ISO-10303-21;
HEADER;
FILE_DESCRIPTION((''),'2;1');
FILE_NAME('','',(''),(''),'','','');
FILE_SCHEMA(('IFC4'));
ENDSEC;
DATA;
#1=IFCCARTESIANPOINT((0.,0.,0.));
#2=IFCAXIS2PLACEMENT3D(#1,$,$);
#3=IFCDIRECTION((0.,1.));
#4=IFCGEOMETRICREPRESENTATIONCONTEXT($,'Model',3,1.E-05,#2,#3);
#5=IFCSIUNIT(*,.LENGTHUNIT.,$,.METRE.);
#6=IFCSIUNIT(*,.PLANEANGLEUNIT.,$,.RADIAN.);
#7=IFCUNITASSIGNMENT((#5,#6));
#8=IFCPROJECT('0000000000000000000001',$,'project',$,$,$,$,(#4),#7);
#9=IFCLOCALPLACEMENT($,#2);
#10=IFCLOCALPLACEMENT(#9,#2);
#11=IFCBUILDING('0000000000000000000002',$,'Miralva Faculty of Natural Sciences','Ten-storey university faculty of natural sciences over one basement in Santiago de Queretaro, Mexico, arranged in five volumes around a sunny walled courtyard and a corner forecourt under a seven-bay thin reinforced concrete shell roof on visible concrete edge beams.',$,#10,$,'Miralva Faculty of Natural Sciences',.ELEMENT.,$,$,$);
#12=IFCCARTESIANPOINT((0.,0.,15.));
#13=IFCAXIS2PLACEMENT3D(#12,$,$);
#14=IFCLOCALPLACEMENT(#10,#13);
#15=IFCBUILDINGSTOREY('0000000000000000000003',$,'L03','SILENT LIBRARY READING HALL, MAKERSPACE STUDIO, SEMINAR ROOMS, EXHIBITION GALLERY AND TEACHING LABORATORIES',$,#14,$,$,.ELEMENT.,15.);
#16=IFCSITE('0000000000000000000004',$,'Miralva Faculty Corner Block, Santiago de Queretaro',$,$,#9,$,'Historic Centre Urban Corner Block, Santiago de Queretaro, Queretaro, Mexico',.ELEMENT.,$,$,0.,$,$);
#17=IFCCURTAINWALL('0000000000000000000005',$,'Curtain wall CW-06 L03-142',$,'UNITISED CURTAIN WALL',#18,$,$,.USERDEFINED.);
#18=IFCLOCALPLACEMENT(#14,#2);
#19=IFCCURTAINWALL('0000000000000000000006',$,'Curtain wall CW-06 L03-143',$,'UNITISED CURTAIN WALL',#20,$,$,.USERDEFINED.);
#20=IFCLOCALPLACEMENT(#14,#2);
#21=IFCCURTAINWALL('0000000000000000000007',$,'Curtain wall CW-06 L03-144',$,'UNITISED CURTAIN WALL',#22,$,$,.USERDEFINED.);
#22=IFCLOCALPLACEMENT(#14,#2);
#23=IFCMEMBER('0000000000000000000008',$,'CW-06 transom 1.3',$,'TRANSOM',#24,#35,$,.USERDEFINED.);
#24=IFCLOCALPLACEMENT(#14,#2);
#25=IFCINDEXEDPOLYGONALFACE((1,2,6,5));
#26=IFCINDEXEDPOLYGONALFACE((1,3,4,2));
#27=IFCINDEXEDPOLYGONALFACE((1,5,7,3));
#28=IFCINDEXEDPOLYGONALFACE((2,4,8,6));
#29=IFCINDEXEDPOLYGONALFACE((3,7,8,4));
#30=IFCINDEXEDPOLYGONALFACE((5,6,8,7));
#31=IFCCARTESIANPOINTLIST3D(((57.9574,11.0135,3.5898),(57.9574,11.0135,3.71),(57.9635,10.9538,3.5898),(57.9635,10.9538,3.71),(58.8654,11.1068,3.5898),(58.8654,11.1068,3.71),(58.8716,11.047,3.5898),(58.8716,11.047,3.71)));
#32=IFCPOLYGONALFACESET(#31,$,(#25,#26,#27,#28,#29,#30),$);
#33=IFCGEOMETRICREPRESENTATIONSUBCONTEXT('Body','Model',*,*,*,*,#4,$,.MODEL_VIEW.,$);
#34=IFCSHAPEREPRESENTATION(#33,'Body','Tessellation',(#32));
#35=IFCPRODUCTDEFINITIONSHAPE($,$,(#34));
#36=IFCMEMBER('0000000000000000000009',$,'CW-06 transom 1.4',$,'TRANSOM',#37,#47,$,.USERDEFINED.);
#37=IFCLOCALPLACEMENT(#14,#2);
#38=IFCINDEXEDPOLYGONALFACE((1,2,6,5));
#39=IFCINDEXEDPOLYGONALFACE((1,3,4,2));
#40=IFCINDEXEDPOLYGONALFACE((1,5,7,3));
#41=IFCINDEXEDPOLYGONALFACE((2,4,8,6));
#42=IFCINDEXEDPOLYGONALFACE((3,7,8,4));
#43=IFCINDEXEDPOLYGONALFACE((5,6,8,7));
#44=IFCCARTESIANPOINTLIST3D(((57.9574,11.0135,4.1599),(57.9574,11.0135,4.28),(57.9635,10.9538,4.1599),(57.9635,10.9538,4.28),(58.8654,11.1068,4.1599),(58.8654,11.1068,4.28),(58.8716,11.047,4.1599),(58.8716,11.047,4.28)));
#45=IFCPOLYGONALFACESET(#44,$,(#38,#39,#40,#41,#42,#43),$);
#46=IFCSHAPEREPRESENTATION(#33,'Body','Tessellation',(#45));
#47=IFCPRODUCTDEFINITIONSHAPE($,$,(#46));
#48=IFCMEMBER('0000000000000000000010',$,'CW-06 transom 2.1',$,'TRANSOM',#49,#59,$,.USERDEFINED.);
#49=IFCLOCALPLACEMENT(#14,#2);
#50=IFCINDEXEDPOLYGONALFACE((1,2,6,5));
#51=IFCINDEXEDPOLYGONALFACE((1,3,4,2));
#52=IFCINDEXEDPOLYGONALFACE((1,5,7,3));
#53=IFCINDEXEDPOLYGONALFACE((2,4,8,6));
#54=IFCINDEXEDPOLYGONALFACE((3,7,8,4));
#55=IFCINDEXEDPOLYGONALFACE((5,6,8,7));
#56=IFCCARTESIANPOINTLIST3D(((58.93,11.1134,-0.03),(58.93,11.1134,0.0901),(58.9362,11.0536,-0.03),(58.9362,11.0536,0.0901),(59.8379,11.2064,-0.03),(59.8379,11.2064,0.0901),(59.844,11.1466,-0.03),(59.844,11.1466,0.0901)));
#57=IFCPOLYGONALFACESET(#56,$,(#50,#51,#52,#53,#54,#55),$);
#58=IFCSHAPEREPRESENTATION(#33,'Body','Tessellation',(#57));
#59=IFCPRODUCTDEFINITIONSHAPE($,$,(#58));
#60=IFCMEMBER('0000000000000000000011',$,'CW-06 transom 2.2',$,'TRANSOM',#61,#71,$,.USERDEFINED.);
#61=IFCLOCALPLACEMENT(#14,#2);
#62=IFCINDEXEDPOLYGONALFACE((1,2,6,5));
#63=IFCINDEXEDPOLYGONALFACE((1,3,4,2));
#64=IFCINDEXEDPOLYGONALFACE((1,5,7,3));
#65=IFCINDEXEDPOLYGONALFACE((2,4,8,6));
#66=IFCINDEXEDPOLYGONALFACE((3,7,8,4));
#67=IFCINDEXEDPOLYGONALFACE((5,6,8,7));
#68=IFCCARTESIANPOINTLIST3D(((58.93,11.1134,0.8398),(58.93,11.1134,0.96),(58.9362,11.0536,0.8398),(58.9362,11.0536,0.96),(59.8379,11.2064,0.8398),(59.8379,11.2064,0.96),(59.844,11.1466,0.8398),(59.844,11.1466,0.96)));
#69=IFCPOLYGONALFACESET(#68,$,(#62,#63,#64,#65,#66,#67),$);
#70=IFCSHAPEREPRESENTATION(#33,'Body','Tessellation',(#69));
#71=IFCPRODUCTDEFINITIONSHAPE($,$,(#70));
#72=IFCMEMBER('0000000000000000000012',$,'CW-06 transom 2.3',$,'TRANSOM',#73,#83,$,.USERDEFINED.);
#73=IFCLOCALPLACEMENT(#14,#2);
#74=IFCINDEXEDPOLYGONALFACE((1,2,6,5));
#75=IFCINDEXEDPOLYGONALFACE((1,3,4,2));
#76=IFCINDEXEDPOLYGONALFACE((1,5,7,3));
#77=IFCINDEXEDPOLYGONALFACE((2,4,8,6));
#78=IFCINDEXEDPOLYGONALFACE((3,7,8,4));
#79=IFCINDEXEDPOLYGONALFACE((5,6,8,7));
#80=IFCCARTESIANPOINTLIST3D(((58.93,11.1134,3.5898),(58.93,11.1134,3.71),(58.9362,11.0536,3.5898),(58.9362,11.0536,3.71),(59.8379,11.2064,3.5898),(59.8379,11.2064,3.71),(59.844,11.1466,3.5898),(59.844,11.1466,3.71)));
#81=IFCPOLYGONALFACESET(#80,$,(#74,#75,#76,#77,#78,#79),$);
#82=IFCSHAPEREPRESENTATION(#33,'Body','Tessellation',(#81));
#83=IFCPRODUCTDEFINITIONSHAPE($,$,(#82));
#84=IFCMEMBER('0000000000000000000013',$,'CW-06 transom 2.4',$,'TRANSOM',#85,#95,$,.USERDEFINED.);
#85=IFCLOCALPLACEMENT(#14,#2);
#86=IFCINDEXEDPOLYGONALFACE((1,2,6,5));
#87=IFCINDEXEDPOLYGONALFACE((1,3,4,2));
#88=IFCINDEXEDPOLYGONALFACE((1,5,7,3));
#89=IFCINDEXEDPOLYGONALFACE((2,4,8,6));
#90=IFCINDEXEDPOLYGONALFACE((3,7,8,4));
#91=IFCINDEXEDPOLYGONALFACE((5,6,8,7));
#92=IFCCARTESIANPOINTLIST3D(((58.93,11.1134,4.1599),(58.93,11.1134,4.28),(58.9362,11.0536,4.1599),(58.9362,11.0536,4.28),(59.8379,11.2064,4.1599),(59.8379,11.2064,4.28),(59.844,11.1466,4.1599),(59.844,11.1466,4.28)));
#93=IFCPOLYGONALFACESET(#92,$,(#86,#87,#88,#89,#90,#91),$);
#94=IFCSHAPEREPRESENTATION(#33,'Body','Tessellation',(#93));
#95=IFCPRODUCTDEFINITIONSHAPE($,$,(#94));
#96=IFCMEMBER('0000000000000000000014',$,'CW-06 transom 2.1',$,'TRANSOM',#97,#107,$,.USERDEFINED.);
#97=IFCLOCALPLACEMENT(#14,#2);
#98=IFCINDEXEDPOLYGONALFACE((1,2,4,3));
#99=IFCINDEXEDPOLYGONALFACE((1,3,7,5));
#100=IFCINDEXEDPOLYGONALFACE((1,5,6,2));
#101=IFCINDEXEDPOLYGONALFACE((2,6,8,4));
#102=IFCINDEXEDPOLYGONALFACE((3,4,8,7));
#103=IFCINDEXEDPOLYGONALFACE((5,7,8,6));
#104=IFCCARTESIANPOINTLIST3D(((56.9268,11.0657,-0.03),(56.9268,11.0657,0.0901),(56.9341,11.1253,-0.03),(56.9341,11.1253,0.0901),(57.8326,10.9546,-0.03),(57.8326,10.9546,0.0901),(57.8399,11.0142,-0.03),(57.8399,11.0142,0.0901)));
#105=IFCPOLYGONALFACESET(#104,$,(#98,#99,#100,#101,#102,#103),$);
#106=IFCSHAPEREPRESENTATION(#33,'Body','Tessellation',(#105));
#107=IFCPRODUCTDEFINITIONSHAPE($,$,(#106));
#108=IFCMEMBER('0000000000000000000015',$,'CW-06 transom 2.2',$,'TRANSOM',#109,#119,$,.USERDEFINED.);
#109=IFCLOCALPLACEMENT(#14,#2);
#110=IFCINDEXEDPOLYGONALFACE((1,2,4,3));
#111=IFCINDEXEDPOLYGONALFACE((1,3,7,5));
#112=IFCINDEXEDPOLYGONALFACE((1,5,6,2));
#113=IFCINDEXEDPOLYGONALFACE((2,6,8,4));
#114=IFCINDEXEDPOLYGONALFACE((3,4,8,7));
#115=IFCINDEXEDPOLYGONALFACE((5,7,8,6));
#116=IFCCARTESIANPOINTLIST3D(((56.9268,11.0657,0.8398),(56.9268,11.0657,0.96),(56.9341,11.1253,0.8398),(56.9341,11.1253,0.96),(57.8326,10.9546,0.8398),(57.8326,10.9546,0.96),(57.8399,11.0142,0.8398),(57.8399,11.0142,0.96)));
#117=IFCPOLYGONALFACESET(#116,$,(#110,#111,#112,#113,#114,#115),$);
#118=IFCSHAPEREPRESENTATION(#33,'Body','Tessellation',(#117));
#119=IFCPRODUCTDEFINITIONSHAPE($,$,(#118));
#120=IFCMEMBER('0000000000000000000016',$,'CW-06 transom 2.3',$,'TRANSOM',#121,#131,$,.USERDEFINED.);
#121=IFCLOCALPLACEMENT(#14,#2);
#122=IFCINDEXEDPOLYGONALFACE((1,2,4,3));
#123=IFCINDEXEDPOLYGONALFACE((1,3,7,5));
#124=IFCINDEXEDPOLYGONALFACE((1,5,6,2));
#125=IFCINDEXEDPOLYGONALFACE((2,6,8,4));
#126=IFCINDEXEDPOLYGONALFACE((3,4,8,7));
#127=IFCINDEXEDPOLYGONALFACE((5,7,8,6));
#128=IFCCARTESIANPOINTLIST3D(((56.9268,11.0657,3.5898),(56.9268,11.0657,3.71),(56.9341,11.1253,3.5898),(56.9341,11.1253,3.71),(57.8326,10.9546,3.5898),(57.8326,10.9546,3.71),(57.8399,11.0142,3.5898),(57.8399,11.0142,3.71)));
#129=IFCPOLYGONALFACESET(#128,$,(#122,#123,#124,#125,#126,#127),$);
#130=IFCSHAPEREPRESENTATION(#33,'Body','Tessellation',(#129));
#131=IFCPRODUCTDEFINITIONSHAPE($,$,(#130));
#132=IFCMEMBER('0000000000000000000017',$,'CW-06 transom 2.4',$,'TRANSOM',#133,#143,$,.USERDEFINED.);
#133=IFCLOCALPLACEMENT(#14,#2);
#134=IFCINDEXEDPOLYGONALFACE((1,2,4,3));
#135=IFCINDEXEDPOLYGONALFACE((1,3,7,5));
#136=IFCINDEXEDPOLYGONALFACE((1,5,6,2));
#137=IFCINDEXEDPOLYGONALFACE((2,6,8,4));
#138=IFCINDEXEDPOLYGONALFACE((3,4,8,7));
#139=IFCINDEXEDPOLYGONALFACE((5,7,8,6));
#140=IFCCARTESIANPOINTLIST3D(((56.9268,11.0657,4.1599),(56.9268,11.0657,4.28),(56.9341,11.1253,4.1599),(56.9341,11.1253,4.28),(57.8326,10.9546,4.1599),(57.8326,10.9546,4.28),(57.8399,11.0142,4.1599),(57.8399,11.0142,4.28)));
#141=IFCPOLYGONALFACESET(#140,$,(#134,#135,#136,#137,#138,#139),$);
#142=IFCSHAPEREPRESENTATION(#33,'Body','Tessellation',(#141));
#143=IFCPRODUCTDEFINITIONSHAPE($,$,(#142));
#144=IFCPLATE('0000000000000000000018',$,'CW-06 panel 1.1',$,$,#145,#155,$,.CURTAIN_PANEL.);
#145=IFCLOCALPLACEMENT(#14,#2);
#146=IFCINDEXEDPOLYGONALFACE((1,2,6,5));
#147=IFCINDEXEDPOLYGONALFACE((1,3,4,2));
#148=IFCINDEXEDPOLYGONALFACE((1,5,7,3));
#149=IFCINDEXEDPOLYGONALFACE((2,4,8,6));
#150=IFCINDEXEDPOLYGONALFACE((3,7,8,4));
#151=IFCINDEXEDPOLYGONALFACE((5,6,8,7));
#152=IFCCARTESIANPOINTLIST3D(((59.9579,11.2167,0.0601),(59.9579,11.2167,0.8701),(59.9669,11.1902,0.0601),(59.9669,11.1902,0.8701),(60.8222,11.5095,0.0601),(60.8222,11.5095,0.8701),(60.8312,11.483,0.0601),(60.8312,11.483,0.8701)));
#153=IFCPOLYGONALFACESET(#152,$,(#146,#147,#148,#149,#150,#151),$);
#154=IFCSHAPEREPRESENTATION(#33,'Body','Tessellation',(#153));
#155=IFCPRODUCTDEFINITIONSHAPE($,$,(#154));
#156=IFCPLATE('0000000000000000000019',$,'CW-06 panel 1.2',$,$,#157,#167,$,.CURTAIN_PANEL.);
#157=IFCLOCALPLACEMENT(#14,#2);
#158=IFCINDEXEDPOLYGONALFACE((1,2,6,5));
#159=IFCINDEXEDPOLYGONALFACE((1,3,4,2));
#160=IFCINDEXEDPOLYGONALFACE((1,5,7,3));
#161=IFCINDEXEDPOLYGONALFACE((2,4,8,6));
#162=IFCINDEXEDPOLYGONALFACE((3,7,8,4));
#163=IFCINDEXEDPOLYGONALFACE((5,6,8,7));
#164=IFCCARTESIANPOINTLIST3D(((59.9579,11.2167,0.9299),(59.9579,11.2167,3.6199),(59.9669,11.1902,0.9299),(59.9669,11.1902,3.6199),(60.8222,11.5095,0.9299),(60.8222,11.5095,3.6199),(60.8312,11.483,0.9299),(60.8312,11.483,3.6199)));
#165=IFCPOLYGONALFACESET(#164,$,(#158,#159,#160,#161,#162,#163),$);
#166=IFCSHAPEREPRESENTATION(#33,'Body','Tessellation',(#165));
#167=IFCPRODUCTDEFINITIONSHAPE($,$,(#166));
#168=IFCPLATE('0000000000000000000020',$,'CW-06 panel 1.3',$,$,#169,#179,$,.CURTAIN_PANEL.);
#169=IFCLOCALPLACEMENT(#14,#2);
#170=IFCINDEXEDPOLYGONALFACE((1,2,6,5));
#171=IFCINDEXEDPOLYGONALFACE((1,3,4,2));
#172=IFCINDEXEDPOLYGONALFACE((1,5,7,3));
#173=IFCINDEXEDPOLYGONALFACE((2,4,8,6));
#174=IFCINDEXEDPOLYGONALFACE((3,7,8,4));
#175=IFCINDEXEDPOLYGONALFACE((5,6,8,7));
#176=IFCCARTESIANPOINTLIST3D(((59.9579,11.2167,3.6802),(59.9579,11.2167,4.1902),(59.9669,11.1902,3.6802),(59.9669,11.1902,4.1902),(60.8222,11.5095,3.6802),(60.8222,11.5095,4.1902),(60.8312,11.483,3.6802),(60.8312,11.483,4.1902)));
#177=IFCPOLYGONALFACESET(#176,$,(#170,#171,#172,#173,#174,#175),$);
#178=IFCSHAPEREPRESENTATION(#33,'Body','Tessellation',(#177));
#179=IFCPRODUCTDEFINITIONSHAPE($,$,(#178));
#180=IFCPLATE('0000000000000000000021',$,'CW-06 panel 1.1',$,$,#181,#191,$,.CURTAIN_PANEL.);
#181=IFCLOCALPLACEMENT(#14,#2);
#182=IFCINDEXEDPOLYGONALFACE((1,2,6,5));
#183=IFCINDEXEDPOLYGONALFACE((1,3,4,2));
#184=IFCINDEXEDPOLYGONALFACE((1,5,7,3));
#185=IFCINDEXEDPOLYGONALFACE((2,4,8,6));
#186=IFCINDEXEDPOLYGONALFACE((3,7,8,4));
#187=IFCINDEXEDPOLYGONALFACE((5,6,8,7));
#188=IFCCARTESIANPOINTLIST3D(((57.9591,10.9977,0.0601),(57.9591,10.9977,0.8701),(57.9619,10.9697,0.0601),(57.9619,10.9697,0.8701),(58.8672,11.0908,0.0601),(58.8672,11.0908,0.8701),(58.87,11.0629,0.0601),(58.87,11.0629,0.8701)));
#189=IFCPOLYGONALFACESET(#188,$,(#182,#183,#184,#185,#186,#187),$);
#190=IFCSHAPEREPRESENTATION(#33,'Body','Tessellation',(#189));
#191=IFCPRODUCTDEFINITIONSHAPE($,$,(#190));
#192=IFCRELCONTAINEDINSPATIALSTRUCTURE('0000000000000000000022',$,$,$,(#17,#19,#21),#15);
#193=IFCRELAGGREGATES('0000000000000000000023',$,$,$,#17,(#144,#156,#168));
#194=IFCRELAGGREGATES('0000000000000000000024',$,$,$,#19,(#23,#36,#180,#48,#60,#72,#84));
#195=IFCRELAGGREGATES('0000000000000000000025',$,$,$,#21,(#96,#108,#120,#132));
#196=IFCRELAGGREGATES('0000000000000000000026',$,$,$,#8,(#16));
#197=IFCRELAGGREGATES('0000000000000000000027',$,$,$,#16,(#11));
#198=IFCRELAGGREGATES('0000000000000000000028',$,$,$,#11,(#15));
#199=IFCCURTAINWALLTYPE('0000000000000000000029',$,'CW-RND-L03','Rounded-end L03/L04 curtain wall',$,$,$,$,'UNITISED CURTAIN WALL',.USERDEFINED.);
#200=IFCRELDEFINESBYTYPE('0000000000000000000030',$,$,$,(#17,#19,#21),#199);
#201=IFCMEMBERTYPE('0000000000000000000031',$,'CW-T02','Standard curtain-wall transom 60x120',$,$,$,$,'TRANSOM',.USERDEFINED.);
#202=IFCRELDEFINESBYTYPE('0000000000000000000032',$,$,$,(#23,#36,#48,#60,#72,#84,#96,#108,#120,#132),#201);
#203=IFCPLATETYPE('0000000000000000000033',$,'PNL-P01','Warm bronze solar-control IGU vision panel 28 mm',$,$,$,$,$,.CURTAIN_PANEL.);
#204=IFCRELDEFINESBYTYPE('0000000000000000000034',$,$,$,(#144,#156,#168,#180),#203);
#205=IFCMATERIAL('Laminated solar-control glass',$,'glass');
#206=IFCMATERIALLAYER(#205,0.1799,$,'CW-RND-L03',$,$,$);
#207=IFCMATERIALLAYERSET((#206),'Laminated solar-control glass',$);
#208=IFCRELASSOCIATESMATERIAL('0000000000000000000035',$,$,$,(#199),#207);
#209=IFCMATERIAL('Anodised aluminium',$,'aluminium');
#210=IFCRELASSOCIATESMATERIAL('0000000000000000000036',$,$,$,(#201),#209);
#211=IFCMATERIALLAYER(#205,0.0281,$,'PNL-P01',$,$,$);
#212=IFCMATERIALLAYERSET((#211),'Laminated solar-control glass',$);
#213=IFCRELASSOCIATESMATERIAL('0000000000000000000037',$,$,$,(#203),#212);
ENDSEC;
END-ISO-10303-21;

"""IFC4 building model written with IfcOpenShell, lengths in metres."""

from ifc_helpers import new_model, si_unit, direction, frame, origin, origin_2d, place, context, subcontext, project, spatial, rectangle, extrude, material, layer, layer_set, material_profile, profile_set, type_object, element, aggregate, save


model = new_model("IFC4")

# Units and contexts
model_context = context("Model", 3, precision=1e-05, world=origin(), true_north=direction((0.0, 1.0)))
body_context = subcontext(model_context, "Body", "Model", "MODEL_VIEW")
ifc_project = project(units=[si_unit("LENGTHUNIT", "METRE"), si_unit("PLANEANGLEUNIT", "RADIAN")], contexts=[model_context])

# Site, building, storey
site_placement = place(None, origin())
site = spatial("IfcSite", under=ifc_project, at=site_placement, Name="Miralva Faculty Corner Block, Santiago de Queretaro", LongName="Historic Centre Urban Corner Block, Santiago de Queretaro, Queretaro, Mexico", CompositionType="ELEMENT", RefElevation=0.0)
building_placement = place(site_placement, origin())
building = spatial("IfcBuilding", under=site, at=building_placement, Name="Miralva Faculty of Natural Sciences", Description="Ten-storey university faculty of natural sciences over one basement in Santiago de Queretaro, Mexico, arranged in five volumes around a sunny walled courtyard and a corner forecourt under a seven-bay thin reinforced concrete shell roof on visible concrete edge beams.", LongName="Miralva Faculty of Natural Sciences", CompositionType="ELEMENT")
storey_placement = place(building_placement, frame((0.0, 0.0, 15.0)))
storey = spatial("IfcBuildingStorey", under=building, at=storey_placement, Name="L03", Description="SILENT LIBRARY READING HALL, MAKERSPACE STUDIO, SEMINAR ROOMS, EXHIBITION GALLERY AND TEACHING LABORATORIES", CompositionType="ELEMENT", Elevation=15.0)

# Curtain walls
ifc_material_1 = material(Name="Laminated solar-control glass", Category="glass")
ifc_layer_1 = layer(ifc_material_1, 0.1799, Name="CW-RND-L03")
ifc_layer_set_1 = layer_set([ifc_layer_1], Name="Laminated solar-control glass")
curtain_wall_type = type_object("IfcCurtainWallType", Name="CW-RND-L03", Description="Rounded-end L03/L04 curtain wall", ElementType="UNITISED CURTAIN WALL", PredefinedType="USERDEFINED", material=ifc_layer_set_1)
curtain_wall_1_placement = place(storey_placement, origin())
curtain_wall_1 = element("IfcCurtainWall", 1, at=curtain_wall_1_placement, inside=storey, type_object=curtain_wall_type, Name="Curtain wall CW-06 L03-142", ObjectType="UNITISED CURTAIN WALL", PredefinedType="USERDEFINED")
ifc_material_2 = material(Name="Anodised aluminium", Category="aluminium")
curtain_wall_2_placement = place(storey_placement, origin())
curtain_wall_2 = element("IfcCurtainWall", 2, at=curtain_wall_2_placement, inside=storey, type_object=curtain_wall_type, Name="Curtain wall CW-06 L03-143", ObjectType="UNITISED CURTAIN WALL", PredefinedType="USERDEFINED")
curtain_wall_3_placement = place(storey_placement, origin())
curtain_wall_3 = element("IfcCurtainWall", 3, at=curtain_wall_3_placement, inside=storey, type_object=curtain_wall_type, Name="Curtain wall CW-06 L03-144", ObjectType="UNITISED CURTAIN WALL", PredefinedType="USERDEFINED")

# Members
ifc_material_profile_1 = material_profile(ifc_material_2, rectangle(XDim=0.0601, YDim=0.1201, at=origin_2d()), Name="TRANSOM 60x120")
ifc_profile_set_1 = profile_set([ifc_material_profile_1], Name="Anodised aluminium")
member_type_1 = type_object("IfcMemberType", Name="CW-T02", Description="Standard curtain-wall transom 60x120", ElementType="TRANSOM", PredefinedType="USERDEFINED", material=ifc_profile_set_1)
member_1_placement = place(storey_placement, frame((57.9604, 10.9836, 3.6499), z_axis=(0.994766, 0.102178, 0.0), x_axis=(-0.102178, 0.994766, 0.0)))
member_1 = element("IfcMember", 4, at=member_1_placement, type_object=member_type_1, Name="CW-06 transom 1.3", ObjectType="TRANSOM", PredefinedType="USERDEFINED", context=body_context, shape_type="SweptSolid", body=[
    extrude(rectangle(XDim=0.0601, YDim=0.1201, at=origin_2d()), origin(), (0.0, 0.0, 1.0), 0.9128),
])
member_2_placement = place(storey_placement, frame((57.9604, 10.9836, 4.22), z_axis=(0.994766, 0.102178, 0.0), x_axis=(-0.102178, 0.994766, 0.0)))
member_2 = element("IfcMember", 5, at=member_2_placement, type_object=member_type_1, Name="CW-06 transom 1.4", ObjectType="TRANSOM", PredefinedType="USERDEFINED", context=body_context, shape_type="SweptSolid", body=[
    extrude(rectangle(XDim=0.0601, YDim=0.1201, at=origin_2d()), origin(), (0.0, 0.0, 1.0), 0.9128),
])
member_3_placement = place(storey_placement, frame((58.9331, 11.0835, 0.03), z_axis=(0.994793, 0.101913, 0.0), x_axis=(-0.101913, 0.994793, 0.0)))
member_3 = element("IfcMember", 6, at=member_3_placement, type_object=member_type_1, Name="CW-06 transom 2.1", ObjectType="TRANSOM", PredefinedType="USERDEFINED", context=body_context, shape_type="SweptSolid", body=[
    extrude(rectangle(XDim=0.0601, YDim=0.1201, at=origin_2d()), origin(), (0.0, 0.0, 1.0), 0.9126),
])
member_4_placement = place(storey_placement, frame((58.9331, 11.0835, 0.8999), z_axis=(0.994793, 0.101913, 0.0), x_axis=(-0.101913, 0.994793, 0.0)))
member_4 = element("IfcMember", 7, at=member_4_placement, type_object=member_type_1, Name="CW-06 transom 2.2", ObjectType="TRANSOM", PredefinedType="USERDEFINED", context=body_context, shape_type="SweptSolid", body=[
    extrude(rectangle(XDim=0.0601, YDim=0.1201, at=origin_2d()), origin(), (0.0, 0.0, 1.0), 0.9126),
])
member_5_placement = place(storey_placement, frame((58.9331, 11.0835, 3.6499), z_axis=(0.994793, 0.101913, 0.0), x_axis=(-0.101913, 0.994793, 0.0)))
member_5 = element("IfcMember", 8, at=member_5_placement, type_object=member_type_1, Name="CW-06 transom 2.3", ObjectType="TRANSOM", PredefinedType="USERDEFINED", context=body_context, shape_type="SweptSolid", body=[
    extrude(rectangle(XDim=0.0601, YDim=0.1201, at=origin_2d()), origin(), (0.0, 0.0, 1.0), 0.9126),
])
member_6_placement = place(storey_placement, frame((58.9331, 11.0835, 4.22), z_axis=(0.994793, 0.101913, 0.0), x_axis=(-0.101913, 0.994793, 0.0)))
member_6 = element("IfcMember", 9, at=member_6_placement, type_object=member_type_1, Name="CW-06 transom 2.4", ObjectType="TRANSOM", PredefinedType="USERDEFINED", context=body_context, shape_type="SweptSolid", body=[
    extrude(rectangle(XDim=0.0601, YDim=0.1201, at=origin_2d()), origin(), (0.0, 0.0, 1.0), 0.9126),
])
member_7_placement = place(storey_placement, frame((56.9304, 11.0955, 0.03), z_axis=(0.992563, -0.121729, 0.0), x_axis=(0.121729, 0.992563, 0.0)))
member_7 = element("IfcMember", 10, at=member_7_placement, type_object=member_type_1, Name="CW-06 transom 2.1", ObjectType="TRANSOM", PredefinedType="USERDEFINED", context=body_context, shape_type="SweptSolid", body=[
    extrude(rectangle(XDim=0.0601, YDim=0.1201, at=origin_2d()), origin(), (0.0, 0.0, 1.0), 0.9126),
])
member_8_placement = place(storey_placement, frame((56.9304, 11.0955, 0.8999), z_axis=(0.992563, -0.121729, 0.0), x_axis=(0.121729, 0.992563, 0.0)))
member_8 = element("IfcMember", 11, at=member_8_placement, type_object=member_type_1, Name="CW-06 transom 2.2", ObjectType="TRANSOM", PredefinedType="USERDEFINED", context=body_context, shape_type="SweptSolid", body=[
    extrude(rectangle(XDim=0.0601, YDim=0.1201, at=origin_2d()), origin(), (0.0, 0.0, 1.0), 0.9126),
])
member_9_placement = place(storey_placement, frame((56.9304, 11.0955, 3.6499), z_axis=(0.992563, -0.121729, 0.0), x_axis=(0.121729, 0.992563, 0.0)))
member_9 = element("IfcMember", 12, at=member_9_placement, type_object=member_type_1, Name="CW-06 transom 2.3", ObjectType="TRANSOM", PredefinedType="USERDEFINED", context=body_context, shape_type="SweptSolid", body=[
    extrude(rectangle(XDim=0.0601, YDim=0.1201, at=origin_2d()), origin(), (0.0, 0.0, 1.0), 0.9126),
])
member_10_placement = place(storey_placement, frame((56.9304, 11.0955, 4.22), z_axis=(0.992563, -0.121729, 0.0), x_axis=(0.121729, 0.992563, 0.0)))
member_10 = element("IfcMember", 13, at=member_10_placement, type_object=member_type_1, Name="CW-06 transom 2.4", ObjectType="TRANSOM", PredefinedType="USERDEFINED", context=body_context, shape_type="SweptSolid", body=[
    extrude(rectangle(XDim=0.0601, YDim=0.1201, at=origin_2d()), origin(), (0.0, 0.0, 1.0), 0.9126),
])

# Plates
ifc_layer_2 = layer(ifc_material_1, 0.0281, Name="PNL-P01")
ifc_layer_set_2 = layer_set([ifc_layer_2], Name="Laminated solar-control glass")
plate_type = type_object("IfcPlateType", Name="PNL-P01", Description="Warm bronze solar-control IGU vision panel 28 mm", PredefinedType="CURTAIN_PANEL", material=ifc_layer_set_2)
plate_1_placement = place(storey_placement, frame((60.3945, 11.3499, 0.0601), z_axis=(0.0, 0.0, 1.0), x_axis=(0.947133, 0.320842, 0.0)))
plate_1 = element("IfcPlate", 14, at=plate_1_placement, type_object=plate_type, Name="CW-06 panel 1.1", PredefinedType="CURTAIN_PANEL", context=body_context, shape_type="SweptSolid", body=[
    extrude(rectangle(XDim=0.9126, YDim=0.0281, at=origin_2d()), origin(), (0.0, 0.0, 1.0), 0.8101),
])
plate_2_placement = place(storey_placement, frame((60.3945, 11.3499, 0.9299), z_axis=(0.0, 0.0, 1.0), x_axis=(0.947133, 0.320842, 0.0)))
plate_2 = element("IfcPlate", 15, at=plate_2_placement, type_object=plate_type, Name="CW-06 panel 1.2", PredefinedType="CURTAIN_PANEL", context=body_context, shape_type="SweptSolid", body=[
    extrude(rectangle(XDim=0.9126, YDim=0.0281, at=origin_2d()), origin(), (0.0, 0.0, 1.0), 2.6899),
])
plate_3_placement = place(storey_placement, frame((60.3945, 11.3499, 3.6802), z_axis=(0.0, 0.0, 1.0), x_axis=(0.947133, 0.320842, 0.0)))
plate_3 = element("IfcPlate", 16, at=plate_3_placement, type_object=plate_type, Name="CW-06 panel 1.3", PredefinedType="CURTAIN_PANEL", context=body_context, shape_type="SweptSolid", body=[
    extrude(rectangle(XDim=0.9126, YDim=0.0281, at=origin_2d()), origin(), (0.0, 0.0, 1.0), 0.51),
])
aggregate(curtain_wall_1, [plate_1, plate_2, plate_3])
plate_4_placement = place(storey_placement, frame((58.4146, 11.0303, 0.0601), z_axis=(0.0, 0.0, 1.0), x_axis=(0.994779, 0.102056, 0.0)))
plate_4 = element("IfcPlate", 17, at=plate_4_placement, type_object=plate_type, Name="CW-06 panel 1.1", PredefinedType="CURTAIN_PANEL", context=body_context, shape_type="SweptSolid", body=[
    extrude(rectangle(XDim=0.9128, YDim=0.0281, at=origin_2d()), origin(), (0.0, 0.0, 1.0), 0.8101),
])
aggregate(curtain_wall_2, [member_1, member_2, plate_4, member_3, member_4, member_5, member_6])
aggregate(curtain_wall_3, [member_7, member_8, member_9, member_10])

save(model, "model.ifc")
